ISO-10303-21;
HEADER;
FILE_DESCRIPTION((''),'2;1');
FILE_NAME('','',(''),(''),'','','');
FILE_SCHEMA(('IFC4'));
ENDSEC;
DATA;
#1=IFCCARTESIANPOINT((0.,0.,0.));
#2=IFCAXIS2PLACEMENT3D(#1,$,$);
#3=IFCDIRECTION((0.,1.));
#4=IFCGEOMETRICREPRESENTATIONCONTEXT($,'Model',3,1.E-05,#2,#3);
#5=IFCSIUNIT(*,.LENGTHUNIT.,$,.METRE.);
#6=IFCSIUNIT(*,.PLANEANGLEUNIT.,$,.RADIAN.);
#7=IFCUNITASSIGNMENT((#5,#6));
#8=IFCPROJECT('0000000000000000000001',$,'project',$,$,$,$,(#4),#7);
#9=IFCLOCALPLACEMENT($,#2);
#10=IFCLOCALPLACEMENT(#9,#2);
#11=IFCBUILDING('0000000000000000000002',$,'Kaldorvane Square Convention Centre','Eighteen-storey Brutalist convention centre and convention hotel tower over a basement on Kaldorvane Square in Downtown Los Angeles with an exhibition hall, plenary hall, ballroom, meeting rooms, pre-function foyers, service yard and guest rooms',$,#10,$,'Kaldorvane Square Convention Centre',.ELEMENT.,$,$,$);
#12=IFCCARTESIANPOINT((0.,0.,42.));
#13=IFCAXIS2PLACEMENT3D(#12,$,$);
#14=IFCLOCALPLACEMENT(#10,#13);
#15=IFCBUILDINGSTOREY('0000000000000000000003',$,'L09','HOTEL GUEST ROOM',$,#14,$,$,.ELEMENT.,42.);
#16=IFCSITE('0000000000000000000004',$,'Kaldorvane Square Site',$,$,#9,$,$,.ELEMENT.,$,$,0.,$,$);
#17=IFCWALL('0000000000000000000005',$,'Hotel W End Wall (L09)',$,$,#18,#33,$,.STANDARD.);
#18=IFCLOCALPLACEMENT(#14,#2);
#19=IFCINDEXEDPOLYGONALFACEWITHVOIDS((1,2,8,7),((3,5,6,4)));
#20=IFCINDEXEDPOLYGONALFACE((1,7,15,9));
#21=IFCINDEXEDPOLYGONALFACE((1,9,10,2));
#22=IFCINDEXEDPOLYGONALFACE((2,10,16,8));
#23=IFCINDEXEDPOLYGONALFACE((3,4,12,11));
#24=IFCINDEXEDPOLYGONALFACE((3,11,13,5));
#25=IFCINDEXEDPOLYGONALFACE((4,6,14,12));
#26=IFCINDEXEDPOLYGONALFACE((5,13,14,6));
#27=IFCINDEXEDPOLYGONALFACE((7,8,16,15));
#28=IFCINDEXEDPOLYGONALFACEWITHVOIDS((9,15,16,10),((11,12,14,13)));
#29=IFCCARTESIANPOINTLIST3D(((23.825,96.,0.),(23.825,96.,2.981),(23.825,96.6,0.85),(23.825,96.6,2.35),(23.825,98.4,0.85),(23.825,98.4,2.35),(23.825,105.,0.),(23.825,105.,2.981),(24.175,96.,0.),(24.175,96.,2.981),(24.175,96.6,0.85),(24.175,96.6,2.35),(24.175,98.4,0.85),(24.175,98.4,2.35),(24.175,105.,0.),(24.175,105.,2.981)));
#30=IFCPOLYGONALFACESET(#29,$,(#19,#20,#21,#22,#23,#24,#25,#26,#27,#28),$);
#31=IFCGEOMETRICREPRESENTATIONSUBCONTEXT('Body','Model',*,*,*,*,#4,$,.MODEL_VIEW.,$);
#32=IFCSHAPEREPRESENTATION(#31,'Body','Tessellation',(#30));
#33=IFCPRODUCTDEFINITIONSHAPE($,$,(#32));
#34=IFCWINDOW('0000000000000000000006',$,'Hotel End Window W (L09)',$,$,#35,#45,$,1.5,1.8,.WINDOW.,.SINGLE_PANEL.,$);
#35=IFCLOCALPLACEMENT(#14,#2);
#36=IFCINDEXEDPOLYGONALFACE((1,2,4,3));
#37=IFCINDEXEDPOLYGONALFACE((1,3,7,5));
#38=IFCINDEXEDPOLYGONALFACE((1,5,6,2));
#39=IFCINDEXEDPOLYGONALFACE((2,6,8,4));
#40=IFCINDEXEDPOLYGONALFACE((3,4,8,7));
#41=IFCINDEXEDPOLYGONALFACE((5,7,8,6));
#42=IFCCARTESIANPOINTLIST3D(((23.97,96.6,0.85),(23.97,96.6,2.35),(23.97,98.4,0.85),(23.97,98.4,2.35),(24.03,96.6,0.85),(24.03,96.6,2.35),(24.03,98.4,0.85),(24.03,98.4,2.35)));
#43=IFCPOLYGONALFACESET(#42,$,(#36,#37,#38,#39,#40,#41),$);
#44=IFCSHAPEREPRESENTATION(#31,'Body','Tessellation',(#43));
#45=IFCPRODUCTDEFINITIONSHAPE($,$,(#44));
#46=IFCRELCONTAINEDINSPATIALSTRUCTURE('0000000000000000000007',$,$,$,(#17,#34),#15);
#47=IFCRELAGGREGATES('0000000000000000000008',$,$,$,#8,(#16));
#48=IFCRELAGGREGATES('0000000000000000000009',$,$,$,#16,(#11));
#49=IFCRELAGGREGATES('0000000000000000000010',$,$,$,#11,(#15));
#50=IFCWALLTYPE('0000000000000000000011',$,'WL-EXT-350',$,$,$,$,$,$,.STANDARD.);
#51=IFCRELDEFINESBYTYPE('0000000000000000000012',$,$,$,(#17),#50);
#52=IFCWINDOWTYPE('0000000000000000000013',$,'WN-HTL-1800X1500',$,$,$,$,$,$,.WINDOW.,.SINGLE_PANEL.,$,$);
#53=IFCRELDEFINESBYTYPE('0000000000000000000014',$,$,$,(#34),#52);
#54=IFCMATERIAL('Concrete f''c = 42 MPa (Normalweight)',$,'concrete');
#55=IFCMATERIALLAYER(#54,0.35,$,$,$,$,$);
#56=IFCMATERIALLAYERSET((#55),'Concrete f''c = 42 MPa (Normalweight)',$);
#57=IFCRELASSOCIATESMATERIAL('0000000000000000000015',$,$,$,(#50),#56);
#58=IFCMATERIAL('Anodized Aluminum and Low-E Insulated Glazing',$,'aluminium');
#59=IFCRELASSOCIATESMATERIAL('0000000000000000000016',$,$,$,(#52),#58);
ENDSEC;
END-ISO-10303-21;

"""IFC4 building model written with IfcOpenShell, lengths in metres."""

from ifc_helpers import new_model, si_unit, direction, frame, frame_2d, origin, place, context, subcontext, project, spatial, rectangle, extrude, material, layer, layer_set, type_object, element, fill, save


model = new_model("IFC4")

# Units and contexts
model_context = context("Model", 3, precision=1e-05, world=origin(), true_north=direction((0.0, 1.0)))
body_context = subcontext(model_context, "Body", "Model", "MODEL_VIEW")
ifc_project = project(units=[si_unit("LENGTHUNIT", "METRE"), si_unit("PLANEANGLEUNIT", "RADIAN")], contexts=[model_context])

# Site, building, storey
site_placement = place(None, origin())
site = spatial("IfcSite", under=ifc_project, at=site_placement, Name="Kaldorvane Square Site", CompositionType="ELEMENT", RefElevation=0.0)
building_placement = place(site_placement, origin())
building = spatial("IfcBuilding", under=site, at=building_placement, Name="Kaldorvane Square Convention Centre", Description="Eighteen-storey Brutalist convention centre and convention hotel tower over a basement on Kaldorvane Square in Downtown Los Angeles with an exhibition hall, plenary hall, ballroom, meeting rooms, pre-function foyers, service yard and guest rooms", LongName="Kaldorvane Square Convention Centre", CompositionType="ELEMENT")
storey_placement = place(building_placement, frame((0.0, 0.0, 42.0)))
storey = spatial("IfcBuildingStorey", under=building, at=storey_placement, Name="L09", Description="HOTEL GUEST ROOM", CompositionType="ELEMENT", Elevation=42.0)

# Shared definitions
ifc_material_1 = material(Name="Anodized Aluminum and Low-E Insulated Glazing", Category="aluminium")

# Wall, opening, window
ifc_material_2 = material(Name="Concrete f'c = 42 MPa (Normalweight)", Category="concrete")
ifc_layer_1 = layer(ifc_material_2, 0.35)
ifc_layer_set_1 = layer_set([ifc_layer_1], Name="Concrete f'c = 42 MPa (Normalweight)")
wall_type = type_object("IfcWallType", Name="WL-EXT-350", PredefinedType="STANDARD", material=ifc_layer_set_1)
wall_placement = place(storey_placement, frame((24.0, 105.0, 0.0), z_axis=(0.0, 0.0, 1.0), x_axis=(0.0, -1.0, 0.0)))
wall = element("IfcWall", 1, at=wall_placement, inside=storey, type_object=wall_type, Name="Hotel W End Wall (L09)", PredefinedType="STANDARD", context=body_context, shape_type="SweptSolid", body=[
    extrude(rectangle(XDim=9.0, YDim=0.35, at=frame_2d((4.5, 0.0))), origin(), (0.0, 0.0, 1.0), 2.981),
])
opening_placement = place(wall_placement, frame((6.6, 0.0, 0.85)))
opening = element("IfcOpeningElement", 2, at=opening_placement, cuts=wall, PredefinedType="OPENING", context=body_context, shape_type="SweptSolid", body=[
    extrude(rectangle(XDim=1.8, YDim=1.5, at=frame_2d((0.9, 0.75))), frame((0.0, 0.19, 0.0), z_axis=(0.0, -1.0, 0.0), x_axis=(1.0, 0.0, 0.0)), (0.0, 0.0, 1.0), 0.38),
])
window_type = type_object("IfcWindowType", Name="WN-HTL-1800X1500", PartitioningType="SINGLE_PANEL", PredefinedType="WINDOW", material=ifc_material_1)
window_placement = place(opening_placement, origin())
window = element("IfcWindow", 3, at=window_placement, inside=storey, type_object=window_type, Name="Hotel End Window W (L09)", OverallHeight=1.5, OverallWidth=1.8, PartitioningType="SINGLE_PANEL", PredefinedType="WINDOW", context=body_context, shape_type="SweptSolid", body=[
    extrude(rectangle(XDim=1.8, YDim=1.5, at=frame_2d((0.9, 0.75))), frame((0.0, 0.03, 0.0), z_axis=(0.0, -1.0, 0.0), x_axis=(1.0, 0.0, 0.0)), (0.0, 0.0, 1.0), 0.06),
])
fill(opening, window)

save(model, "model.ifc")
